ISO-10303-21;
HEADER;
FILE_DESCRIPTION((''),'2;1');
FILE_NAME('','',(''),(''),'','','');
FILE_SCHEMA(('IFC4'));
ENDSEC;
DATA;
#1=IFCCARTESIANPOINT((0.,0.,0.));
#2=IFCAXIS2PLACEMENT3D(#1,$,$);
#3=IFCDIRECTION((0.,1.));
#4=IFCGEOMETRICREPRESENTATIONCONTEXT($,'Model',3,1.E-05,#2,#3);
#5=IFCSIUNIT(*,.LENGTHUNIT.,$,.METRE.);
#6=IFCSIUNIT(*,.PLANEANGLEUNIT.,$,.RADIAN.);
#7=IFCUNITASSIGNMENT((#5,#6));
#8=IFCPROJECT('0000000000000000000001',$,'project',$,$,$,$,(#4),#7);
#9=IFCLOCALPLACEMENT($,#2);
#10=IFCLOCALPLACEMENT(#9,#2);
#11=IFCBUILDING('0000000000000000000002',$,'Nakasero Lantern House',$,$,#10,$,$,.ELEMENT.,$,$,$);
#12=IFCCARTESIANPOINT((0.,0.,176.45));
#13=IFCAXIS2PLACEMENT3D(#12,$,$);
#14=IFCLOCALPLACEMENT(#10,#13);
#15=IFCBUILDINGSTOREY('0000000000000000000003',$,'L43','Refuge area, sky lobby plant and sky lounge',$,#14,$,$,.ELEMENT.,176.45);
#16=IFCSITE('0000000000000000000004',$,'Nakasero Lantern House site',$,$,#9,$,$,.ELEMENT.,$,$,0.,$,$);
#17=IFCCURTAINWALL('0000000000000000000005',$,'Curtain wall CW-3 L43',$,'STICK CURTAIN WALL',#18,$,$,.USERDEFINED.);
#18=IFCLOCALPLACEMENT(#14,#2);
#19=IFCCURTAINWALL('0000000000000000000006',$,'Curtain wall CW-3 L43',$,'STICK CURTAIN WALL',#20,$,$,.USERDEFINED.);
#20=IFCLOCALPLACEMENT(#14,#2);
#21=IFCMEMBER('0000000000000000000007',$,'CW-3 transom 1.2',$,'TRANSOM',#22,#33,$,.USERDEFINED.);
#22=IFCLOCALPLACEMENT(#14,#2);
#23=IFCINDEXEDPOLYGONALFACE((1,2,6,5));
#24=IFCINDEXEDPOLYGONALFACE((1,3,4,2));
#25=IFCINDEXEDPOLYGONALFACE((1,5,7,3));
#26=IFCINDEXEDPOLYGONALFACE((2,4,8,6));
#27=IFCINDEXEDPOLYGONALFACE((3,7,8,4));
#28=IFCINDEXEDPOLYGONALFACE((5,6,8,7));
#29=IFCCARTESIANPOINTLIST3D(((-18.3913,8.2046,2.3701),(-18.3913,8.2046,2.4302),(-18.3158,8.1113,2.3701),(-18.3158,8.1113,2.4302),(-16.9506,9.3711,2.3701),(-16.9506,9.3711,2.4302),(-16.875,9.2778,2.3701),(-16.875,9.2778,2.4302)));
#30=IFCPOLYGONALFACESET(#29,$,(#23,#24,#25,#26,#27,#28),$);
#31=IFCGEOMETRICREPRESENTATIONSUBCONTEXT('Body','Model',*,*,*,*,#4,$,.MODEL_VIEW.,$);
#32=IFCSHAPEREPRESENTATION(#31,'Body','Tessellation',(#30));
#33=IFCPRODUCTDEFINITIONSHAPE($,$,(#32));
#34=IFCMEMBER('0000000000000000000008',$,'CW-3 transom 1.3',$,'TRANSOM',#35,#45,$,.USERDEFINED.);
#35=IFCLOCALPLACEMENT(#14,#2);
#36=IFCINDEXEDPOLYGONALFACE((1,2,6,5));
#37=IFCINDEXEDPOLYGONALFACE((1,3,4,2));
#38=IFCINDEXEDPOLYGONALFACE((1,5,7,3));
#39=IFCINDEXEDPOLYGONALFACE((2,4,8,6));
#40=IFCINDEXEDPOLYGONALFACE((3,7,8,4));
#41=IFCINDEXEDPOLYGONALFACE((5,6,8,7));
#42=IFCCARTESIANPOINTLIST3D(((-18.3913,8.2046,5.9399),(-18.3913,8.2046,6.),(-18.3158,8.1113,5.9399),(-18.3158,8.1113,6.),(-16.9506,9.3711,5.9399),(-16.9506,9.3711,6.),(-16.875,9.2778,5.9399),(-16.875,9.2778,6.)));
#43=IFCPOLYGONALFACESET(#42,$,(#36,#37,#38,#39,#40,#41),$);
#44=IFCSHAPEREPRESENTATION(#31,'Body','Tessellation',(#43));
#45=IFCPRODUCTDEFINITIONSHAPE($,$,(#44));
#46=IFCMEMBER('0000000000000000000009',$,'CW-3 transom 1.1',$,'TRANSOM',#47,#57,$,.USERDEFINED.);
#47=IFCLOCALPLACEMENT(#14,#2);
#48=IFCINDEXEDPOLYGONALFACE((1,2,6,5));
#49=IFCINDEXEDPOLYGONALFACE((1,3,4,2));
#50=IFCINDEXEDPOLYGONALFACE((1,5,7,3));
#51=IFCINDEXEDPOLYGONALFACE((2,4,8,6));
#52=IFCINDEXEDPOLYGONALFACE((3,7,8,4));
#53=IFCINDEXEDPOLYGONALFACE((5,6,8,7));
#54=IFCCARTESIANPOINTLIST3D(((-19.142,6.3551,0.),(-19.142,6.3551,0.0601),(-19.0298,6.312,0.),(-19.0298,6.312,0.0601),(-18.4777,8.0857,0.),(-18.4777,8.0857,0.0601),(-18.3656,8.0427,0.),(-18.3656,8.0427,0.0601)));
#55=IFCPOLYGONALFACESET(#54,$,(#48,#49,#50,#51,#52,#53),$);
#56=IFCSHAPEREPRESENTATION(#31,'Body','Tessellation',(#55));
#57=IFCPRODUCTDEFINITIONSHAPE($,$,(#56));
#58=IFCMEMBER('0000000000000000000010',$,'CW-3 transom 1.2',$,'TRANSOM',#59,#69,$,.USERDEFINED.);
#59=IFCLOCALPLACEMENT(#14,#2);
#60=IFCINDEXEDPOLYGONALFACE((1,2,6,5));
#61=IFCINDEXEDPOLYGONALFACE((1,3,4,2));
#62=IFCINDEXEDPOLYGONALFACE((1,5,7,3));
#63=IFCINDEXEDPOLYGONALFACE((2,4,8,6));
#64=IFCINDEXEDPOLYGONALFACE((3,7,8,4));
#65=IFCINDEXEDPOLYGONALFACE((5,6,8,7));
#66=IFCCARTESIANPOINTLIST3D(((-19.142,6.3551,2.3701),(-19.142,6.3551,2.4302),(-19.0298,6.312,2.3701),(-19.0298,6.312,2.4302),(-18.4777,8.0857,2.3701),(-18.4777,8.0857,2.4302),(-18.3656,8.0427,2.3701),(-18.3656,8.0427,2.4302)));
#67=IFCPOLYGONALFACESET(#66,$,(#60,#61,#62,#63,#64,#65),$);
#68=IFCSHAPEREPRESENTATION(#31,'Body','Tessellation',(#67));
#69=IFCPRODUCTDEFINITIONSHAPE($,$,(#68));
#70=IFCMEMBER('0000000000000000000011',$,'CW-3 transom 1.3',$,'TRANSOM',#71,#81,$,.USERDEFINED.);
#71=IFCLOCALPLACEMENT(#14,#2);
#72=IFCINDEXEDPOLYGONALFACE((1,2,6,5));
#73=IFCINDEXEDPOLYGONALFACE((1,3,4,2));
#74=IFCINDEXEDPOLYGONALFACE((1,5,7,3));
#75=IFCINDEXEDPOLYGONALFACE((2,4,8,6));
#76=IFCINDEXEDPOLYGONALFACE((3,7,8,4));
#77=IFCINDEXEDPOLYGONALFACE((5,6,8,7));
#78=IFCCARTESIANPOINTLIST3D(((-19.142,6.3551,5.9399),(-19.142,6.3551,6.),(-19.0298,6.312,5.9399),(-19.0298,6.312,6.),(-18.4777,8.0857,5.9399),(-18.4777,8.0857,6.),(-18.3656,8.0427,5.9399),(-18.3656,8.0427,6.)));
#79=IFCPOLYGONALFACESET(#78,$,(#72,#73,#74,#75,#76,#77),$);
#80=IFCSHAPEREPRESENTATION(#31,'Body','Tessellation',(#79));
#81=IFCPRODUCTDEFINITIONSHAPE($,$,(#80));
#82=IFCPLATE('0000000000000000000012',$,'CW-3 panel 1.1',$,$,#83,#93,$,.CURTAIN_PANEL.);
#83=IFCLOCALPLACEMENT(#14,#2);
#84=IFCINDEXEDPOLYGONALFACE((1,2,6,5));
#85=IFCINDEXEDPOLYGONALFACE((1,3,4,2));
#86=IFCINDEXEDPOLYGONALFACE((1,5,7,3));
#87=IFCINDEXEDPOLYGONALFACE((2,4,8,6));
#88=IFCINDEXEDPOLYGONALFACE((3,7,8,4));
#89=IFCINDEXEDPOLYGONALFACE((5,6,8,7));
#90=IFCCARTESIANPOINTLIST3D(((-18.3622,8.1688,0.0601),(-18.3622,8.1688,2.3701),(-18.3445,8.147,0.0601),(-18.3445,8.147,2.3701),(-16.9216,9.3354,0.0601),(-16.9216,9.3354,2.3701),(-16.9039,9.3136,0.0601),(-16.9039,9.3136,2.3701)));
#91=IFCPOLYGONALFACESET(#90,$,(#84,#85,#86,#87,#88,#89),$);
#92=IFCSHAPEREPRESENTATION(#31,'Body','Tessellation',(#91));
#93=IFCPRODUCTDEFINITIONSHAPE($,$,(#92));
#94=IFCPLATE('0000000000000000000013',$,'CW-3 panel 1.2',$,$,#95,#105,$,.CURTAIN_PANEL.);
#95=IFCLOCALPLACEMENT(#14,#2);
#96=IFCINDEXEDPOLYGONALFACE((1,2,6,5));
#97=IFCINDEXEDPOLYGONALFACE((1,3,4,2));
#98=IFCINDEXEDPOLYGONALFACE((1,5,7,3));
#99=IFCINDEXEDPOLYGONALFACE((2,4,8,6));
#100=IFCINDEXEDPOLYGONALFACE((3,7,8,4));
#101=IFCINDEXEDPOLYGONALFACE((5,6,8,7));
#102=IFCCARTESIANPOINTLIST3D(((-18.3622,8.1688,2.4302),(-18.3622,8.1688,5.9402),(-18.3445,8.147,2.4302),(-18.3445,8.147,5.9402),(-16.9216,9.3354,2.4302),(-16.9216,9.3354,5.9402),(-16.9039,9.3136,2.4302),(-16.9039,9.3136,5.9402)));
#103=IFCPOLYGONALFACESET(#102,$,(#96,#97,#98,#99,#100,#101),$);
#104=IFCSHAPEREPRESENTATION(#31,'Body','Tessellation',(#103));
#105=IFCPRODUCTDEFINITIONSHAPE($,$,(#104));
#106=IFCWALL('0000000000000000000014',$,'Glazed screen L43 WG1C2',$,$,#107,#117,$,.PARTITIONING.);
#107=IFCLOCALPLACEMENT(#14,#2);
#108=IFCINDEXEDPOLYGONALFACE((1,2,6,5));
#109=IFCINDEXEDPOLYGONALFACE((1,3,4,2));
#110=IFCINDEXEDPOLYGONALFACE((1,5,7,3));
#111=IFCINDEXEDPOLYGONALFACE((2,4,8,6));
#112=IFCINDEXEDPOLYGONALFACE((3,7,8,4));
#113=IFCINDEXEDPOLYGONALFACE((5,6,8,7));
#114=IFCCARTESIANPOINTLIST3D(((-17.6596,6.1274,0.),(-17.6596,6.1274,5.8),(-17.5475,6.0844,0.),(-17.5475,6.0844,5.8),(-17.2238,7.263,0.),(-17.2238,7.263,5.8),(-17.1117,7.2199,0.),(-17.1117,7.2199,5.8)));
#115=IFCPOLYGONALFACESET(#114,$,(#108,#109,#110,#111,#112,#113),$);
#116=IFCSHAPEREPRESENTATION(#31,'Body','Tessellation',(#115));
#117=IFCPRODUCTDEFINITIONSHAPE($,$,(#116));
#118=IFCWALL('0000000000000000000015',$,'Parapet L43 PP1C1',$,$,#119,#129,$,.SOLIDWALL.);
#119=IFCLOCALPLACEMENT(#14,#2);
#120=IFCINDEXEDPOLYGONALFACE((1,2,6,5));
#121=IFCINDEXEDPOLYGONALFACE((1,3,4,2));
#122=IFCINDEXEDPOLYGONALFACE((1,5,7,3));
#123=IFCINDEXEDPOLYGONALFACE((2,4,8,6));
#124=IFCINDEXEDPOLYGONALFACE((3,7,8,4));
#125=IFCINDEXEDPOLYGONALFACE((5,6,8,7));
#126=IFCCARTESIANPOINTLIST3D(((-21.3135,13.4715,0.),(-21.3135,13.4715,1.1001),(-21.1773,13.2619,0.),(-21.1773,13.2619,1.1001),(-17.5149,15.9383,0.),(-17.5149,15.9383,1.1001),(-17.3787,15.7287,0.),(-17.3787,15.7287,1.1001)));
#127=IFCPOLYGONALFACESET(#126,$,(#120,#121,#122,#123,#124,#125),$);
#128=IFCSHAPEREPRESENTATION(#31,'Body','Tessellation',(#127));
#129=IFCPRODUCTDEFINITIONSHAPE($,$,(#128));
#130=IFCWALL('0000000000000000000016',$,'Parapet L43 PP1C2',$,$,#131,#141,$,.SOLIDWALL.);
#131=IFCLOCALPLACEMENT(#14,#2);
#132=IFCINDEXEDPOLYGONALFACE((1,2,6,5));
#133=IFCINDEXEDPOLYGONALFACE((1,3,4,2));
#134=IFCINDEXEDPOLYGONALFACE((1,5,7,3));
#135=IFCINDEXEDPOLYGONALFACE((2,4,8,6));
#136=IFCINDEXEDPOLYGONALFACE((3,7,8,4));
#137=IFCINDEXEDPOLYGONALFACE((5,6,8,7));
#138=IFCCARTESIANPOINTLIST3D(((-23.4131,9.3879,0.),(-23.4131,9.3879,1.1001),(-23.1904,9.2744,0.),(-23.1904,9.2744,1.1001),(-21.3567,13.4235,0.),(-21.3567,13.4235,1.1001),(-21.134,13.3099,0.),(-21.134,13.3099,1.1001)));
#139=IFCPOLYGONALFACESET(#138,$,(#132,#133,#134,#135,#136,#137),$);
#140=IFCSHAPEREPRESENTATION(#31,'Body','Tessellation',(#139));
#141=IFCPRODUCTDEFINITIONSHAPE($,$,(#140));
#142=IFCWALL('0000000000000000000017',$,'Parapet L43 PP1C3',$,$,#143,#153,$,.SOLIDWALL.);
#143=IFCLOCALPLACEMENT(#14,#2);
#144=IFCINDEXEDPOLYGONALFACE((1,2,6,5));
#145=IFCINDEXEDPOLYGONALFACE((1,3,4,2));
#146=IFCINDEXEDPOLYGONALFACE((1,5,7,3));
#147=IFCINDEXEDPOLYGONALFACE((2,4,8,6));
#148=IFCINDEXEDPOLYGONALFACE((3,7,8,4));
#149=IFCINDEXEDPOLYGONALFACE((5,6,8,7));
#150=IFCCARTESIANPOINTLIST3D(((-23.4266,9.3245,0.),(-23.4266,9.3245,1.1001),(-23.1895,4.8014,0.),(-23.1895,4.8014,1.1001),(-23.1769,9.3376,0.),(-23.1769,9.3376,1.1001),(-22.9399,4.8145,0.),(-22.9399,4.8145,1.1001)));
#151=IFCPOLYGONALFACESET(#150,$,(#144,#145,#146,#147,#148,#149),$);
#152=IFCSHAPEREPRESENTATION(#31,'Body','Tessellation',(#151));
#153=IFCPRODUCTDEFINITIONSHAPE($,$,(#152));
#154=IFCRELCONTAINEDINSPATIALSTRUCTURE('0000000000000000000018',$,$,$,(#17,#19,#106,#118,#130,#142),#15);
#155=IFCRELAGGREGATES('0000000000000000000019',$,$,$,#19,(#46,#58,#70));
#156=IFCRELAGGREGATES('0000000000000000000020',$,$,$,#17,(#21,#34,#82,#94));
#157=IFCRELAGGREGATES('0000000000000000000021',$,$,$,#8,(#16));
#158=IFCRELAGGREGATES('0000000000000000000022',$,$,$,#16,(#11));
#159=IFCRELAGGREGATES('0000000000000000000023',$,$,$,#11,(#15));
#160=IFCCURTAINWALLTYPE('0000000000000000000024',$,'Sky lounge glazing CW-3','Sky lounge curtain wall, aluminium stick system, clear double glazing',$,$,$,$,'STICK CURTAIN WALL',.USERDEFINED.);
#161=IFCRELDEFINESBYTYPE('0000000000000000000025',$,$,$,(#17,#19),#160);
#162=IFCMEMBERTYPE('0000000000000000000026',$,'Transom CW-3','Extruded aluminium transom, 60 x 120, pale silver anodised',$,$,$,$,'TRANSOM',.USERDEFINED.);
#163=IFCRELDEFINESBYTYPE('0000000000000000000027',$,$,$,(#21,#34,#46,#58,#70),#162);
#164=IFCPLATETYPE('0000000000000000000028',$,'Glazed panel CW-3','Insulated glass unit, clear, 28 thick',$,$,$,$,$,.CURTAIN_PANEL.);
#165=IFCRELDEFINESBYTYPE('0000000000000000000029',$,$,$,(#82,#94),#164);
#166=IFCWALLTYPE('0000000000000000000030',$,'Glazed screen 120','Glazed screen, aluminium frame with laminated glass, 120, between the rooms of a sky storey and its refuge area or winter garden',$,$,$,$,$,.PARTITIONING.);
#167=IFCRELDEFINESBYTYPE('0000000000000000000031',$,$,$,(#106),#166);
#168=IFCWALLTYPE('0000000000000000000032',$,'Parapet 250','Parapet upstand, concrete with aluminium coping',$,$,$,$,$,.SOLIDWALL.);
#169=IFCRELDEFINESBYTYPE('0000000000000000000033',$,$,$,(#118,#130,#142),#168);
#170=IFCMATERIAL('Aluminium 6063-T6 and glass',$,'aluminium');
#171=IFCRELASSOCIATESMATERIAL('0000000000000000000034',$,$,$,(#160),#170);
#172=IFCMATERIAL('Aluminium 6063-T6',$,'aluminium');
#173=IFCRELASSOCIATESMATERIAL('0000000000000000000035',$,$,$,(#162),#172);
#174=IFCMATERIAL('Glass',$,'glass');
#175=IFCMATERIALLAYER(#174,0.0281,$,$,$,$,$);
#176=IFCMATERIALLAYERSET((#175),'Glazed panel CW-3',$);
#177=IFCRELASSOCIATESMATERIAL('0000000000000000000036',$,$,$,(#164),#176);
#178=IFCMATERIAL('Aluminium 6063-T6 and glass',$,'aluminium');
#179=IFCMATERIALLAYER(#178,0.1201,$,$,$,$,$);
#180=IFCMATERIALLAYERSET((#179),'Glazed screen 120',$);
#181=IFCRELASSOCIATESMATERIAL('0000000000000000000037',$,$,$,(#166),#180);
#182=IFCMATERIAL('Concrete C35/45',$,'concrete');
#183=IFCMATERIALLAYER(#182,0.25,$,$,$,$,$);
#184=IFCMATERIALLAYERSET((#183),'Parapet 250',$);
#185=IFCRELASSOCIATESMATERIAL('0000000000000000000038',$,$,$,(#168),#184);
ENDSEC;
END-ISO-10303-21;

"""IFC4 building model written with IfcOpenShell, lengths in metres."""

from ifc_helpers import new_model, si_unit, direction, frame, frame_2d, origin, origin_2d, place, context, subcontext, project, spatial, rectangle, extrude, material, layer, layer_set, material_profile, profile_set, type_object, element, aggregate, save


model = new_model("IFC4")

# Units and contexts
model_context = context("Model", 3, precision=1e-05, world=origin(), true_north=direction((0.0, 1.0)))
body_context = subcontext(model_context, "Body", "Model", "MODEL_VIEW")
ifc_project = project(units=[si_unit("LENGTHUNIT", "METRE"), si_unit("PLANEANGLEUNIT", "RADIAN")], contexts=[model_context])

# Site, building, storey
site_placement = place(None, origin())
site = spatial("IfcSite", under=ifc_project, at=site_placement, Name="Nakasero Lantern House site", CompositionType="ELEMENT", RefElevation=0.0)
building_placement = place(site_placement, origin())
building = spatial("IfcBuilding", under=site, at=building_placement, Name="Nakasero Lantern House", CompositionType="ELEMENT")
storey_placement = place(building_placement, frame((0.0, 0.0, 176.45)))
storey = spatial("IfcBuildingStorey", under=building, at=storey_placement, Name="L43", Description="Refuge area, sky lobby plant and sky lounge", CompositionType="ELEMENT", Elevation=176.45)

# Curtain wall
ifc_material_1 = material(Name="Aluminium 6063-T6 and glass", Category="aluminium")
curtain_wall_type = type_object("IfcCurtainWallType", Name="Sky lounge glazing CW-3", Description="Sky lounge curtain wall, aluminium stick system, clear double glazing", ElementType="STICK CURTAIN WALL", PredefinedType="USERDEFINED", material=ifc_material_1)
curtain_wall_1_placement = place(storey_placement, origin())
curtain_wall_1 = element("IfcCurtainWall", 1, at=curtain_wall_1_placement, inside=storey, type_object=curtain_wall_type, Name="Curtain wall CW-3 L43", ObjectType="STICK CURTAIN WALL", PredefinedType="USERDEFINED")

# Curtain wall
curtain_wall_2_placement = place(storey_placement, origin())
curtain_wall_2 = element("IfcCurtainWall", 2, at=curtain_wall_2_placement, inside=storey, type_object=curtain_wall_type, Name="Curtain wall CW-3 L43", ObjectType="STICK CURTAIN WALL", PredefinedType="USERDEFINED")

# Members
ifc_material_2 = material(Name="Aluminium 6063-T6", Category="aluminium")
ifc_material_profile_1 = material_profile(ifc_material_2, rectangle(XDim=0.0601, YDim=0.1201, at=origin_2d()), Name="CW-3 transom 60x120")
ifc_profile_set_1 = profile_set([ifc_material_profile_1], Name="Aluminium 6063-T6")
member_type_1 = type_object("IfcMemberType", Name="Transom CW-3", Description="Extruded aluminium transom, 60 x 120, pale silver anodised", ElementType="TRANSOM", PredefinedType="USERDEFINED", material=ifc_profile_set_1)
member_1_placement = place(storey_placement, frame((-16.9128, 9.3245, 2.4001), z_axis=(-0.77718, -0.629278, 0.0), x_axis=(0.0, 0.0, 1.0)))
member_1 = element("IfcMember", 3, at=member_1_placement, type_object=member_type_1, Name="CW-3 transom 1.2", ObjectType="TRANSOM", PredefinedType="USERDEFINED", context=body_context, shape_type="SweptSolid", body=[
    extrude(rectangle(XDim=0.0601, YDim=0.1201, at=origin_2d()), origin(), (0.0, 0.0, 1.0), 1.8538),
])
member_2_placement = place(storey_placement, frame((-16.9128, 9.3245, 5.97), z_axis=(-0.77718, -0.629278, 0.0), x_axis=(0.0, 0.0, 1.0)))
member_2 = element("IfcMember", 4, at=member_2_placement, type_object=member_type_1, Name="CW-3 transom 1.3", ObjectType="TRANSOM", PredefinedType="USERDEFINED", context=body_context, shape_type="SweptSolid", body=[
    extrude(rectangle(XDim=0.0601, YDim=0.1201, at=origin_2d()), origin(), (0.0, 0.0, 1.0), 1.8538),
])
member_3_placement = place(storey_placement, frame((-18.4216, 8.0642, 0.03), z_axis=(-0.358344, -0.93359, 0.0), x_axis=(0.0, 0.0, 1.0)))
member_3 = element("IfcMember", 5, at=member_3_placement, type_object=member_type_1, Name="CW-3 transom 1.1", ObjectType="TRANSOM", PredefinedType="USERDEFINED", context=body_context, shape_type="SweptSolid", body=[
    extrude(rectangle(XDim=0.0601, YDim=0.1201, at=origin_2d()), origin(), (0.0, 0.0, 1.0), 1.8538),
])
member_4_placement = place(storey_placement, frame((-18.4216, 8.0642, 2.4001), z_axis=(-0.358344, -0.93359, 0.0), x_axis=(0.0, 0.0, 1.0)))
member_4 = element("IfcMember", 6, at=member_4_placement, type_object=member_type_1, Name="CW-3 transom 1.2", ObjectType="TRANSOM", PredefinedType="USERDEFINED", context=body_context, shape_type="SweptSolid", body=[
    extrude(rectangle(XDim=0.0601, YDim=0.1201, at=origin_2d()), origin(), (0.0, 0.0, 1.0), 1.8538),
])
member_5_placement = place(storey_placement, frame((-18.4216, 8.0642, 5.97), z_axis=(-0.358344, -0.93359, 0.0), x_axis=(0.0, 0.0, 1.0)))
member_5 = element("IfcMember", 7, at=member_5_placement, type_object=member_type_1, Name="CW-3 transom 1.3", ObjectType="TRANSOM", PredefinedType="USERDEFINED", context=body_context, shape_type="SweptSolid", body=[
    extrude(rectangle(XDim=0.0601, YDim=0.1201, at=origin_2d()), origin(), (0.0, 0.0, 1.0), 1.8538),
])
aggregate(curtain_wall_2, [member_3, member_4, member_5])

# Plates
ifc_material_3 = material(Name="Glass", Category="glass")
ifc_layer_1 = layer(ifc_material_3, 0.0281)
ifc_layer_set_1 = layer_set([ifc_layer_1], Name="Glazed panel CW-3")
plate_type = type_object("IfcPlateType", Name="Glazed panel CW-3", Description="Insulated glass unit, clear, 28 thick", PredefinedType="CURTAIN_PANEL", material=ifc_layer_set_1)
plate_1_placement = place(storey_placement, frame((-17.6331, 8.7412, 0.0601), z_axis=(0.0, 0.0, 1.0), x_axis=(-0.777146, -0.62932, 0.0)))
plate_1 = element("IfcPlate", 8, at=plate_1_placement, type_object=plate_type, Name="CW-3 panel 1.1", PredefinedType="CURTAIN_PANEL", context=body_context, shape_type="SweptSolid", body=[
    extrude(rectangle(XDim=1.8538, YDim=0.0281, at=origin_2d()), origin(), (0.0, 0.0, 1.0), 2.3101),
])
plate_2_placement = place(storey_placement, frame((-17.6331, 8.7412, 2.4302), z_axis=(0.0, 0.0, 1.0), x_axis=(-0.777146, -0.62932, 0.0)))
plate_2 = element("IfcPlate", 9, at=plate_2_placement, type_object=plate_type, Name="CW-3 panel 1.2", PredefinedType="CURTAIN_PANEL", context=body_context, shape_type="SweptSolid", body=[
    extrude(rectangle(XDim=1.8538, YDim=0.0281, at=origin_2d()), origin(), (0.0, 0.0, 1.0), 3.51),
])
aggregate(curtain_wall_1, [member_1, member_2, plate_1, plate_2])

# Walls
ifc_material_4 = material(Name="Aluminium 6063-T6 and glass", Category="aluminium")
ifc_layer_2 = layer(ifc_material_4, 0.1201)
ifc_layer_set_2 = layer_set([ifc_layer_2], Name="Glazed screen 120")
wall_type_1 = type_object("IfcWallType", Name="Glazed screen 120", Description="Glazed screen, aluminium frame with laminated glass, 120, between the rooms of a sky storey and its refuge area or winter garden", PredefinedType="PARTITIONING", material=ifc_layer_set_2)
wall_placement = place(storey_placement, frame((-17.1677, 7.2415, 0.0), z_axis=(0.0, 0.0, 1.0), x_axis=(-0.358306, -0.933604, 0.0)))
element("IfcWall", 10, at=wall_placement, inside=storey, type_object=wall_type_1, Name="Glazed screen L43 WG1C2", PredefinedType="PARTITIONING", context=body_context, shape_type="SweptSolid", body=[
    extrude(rectangle(XDim=1.2163, YDim=0.1201, at=frame_2d((0.6082, 0.0))), origin(), (0.0, 0.0, 1.0), 5.8),
])
ifc_material_5 = material(Name="Concrete C35/45", Category="concrete")
ifc_layer_3 = layer(ifc_material_5, 0.25)
ifc_layer_set_3 = layer_set([ifc_layer_3], Name="Parapet 250")
wall_type_2 = type_object("IfcWallType", Name="Parapet 250", Description="Parapet upstand, concrete with aluminium coping", PredefinedType="SOLIDWALL", material=ifc_layer_set_3)
for number, where, z_axis, x_axis, name in (
    (11, (-17.4468, 15.8335, 0.0), (0.0, 0.0, 1.0), (-0.838674, -0.544634, 0.0), "Parapet L43 PP1C1"),
    (12, (-21.2454, 13.3667, 0.0), (0.0, 0.0, 1.0), (-0.454014, -0.890995, 0.0), "Parapet L43 PP1C2"),
    (13, (-23.3018, 9.3311, 0.0), (0.0, 0.0, 1.0), (0.052338, -0.998629, 0.0), "Parapet L43 PP1C3"),
):
    element("IfcWall", number, at=place(storey_placement, frame(where, z_axis=z_axis, x_axis=x_axis)), inside=storey, type_object=wall_type_2, Name=name, PredefinedType="SOLIDWALL", context=body_context, shape_type="SweptSolid", body=[
        extrude(rectangle(XDim=4.5293, YDim=0.25, at=frame_2d((2.2646, 0.0))), origin(), (0.0, 0.0, 1.0), 1.1001),
    ])

save(model, "model.ifc")
